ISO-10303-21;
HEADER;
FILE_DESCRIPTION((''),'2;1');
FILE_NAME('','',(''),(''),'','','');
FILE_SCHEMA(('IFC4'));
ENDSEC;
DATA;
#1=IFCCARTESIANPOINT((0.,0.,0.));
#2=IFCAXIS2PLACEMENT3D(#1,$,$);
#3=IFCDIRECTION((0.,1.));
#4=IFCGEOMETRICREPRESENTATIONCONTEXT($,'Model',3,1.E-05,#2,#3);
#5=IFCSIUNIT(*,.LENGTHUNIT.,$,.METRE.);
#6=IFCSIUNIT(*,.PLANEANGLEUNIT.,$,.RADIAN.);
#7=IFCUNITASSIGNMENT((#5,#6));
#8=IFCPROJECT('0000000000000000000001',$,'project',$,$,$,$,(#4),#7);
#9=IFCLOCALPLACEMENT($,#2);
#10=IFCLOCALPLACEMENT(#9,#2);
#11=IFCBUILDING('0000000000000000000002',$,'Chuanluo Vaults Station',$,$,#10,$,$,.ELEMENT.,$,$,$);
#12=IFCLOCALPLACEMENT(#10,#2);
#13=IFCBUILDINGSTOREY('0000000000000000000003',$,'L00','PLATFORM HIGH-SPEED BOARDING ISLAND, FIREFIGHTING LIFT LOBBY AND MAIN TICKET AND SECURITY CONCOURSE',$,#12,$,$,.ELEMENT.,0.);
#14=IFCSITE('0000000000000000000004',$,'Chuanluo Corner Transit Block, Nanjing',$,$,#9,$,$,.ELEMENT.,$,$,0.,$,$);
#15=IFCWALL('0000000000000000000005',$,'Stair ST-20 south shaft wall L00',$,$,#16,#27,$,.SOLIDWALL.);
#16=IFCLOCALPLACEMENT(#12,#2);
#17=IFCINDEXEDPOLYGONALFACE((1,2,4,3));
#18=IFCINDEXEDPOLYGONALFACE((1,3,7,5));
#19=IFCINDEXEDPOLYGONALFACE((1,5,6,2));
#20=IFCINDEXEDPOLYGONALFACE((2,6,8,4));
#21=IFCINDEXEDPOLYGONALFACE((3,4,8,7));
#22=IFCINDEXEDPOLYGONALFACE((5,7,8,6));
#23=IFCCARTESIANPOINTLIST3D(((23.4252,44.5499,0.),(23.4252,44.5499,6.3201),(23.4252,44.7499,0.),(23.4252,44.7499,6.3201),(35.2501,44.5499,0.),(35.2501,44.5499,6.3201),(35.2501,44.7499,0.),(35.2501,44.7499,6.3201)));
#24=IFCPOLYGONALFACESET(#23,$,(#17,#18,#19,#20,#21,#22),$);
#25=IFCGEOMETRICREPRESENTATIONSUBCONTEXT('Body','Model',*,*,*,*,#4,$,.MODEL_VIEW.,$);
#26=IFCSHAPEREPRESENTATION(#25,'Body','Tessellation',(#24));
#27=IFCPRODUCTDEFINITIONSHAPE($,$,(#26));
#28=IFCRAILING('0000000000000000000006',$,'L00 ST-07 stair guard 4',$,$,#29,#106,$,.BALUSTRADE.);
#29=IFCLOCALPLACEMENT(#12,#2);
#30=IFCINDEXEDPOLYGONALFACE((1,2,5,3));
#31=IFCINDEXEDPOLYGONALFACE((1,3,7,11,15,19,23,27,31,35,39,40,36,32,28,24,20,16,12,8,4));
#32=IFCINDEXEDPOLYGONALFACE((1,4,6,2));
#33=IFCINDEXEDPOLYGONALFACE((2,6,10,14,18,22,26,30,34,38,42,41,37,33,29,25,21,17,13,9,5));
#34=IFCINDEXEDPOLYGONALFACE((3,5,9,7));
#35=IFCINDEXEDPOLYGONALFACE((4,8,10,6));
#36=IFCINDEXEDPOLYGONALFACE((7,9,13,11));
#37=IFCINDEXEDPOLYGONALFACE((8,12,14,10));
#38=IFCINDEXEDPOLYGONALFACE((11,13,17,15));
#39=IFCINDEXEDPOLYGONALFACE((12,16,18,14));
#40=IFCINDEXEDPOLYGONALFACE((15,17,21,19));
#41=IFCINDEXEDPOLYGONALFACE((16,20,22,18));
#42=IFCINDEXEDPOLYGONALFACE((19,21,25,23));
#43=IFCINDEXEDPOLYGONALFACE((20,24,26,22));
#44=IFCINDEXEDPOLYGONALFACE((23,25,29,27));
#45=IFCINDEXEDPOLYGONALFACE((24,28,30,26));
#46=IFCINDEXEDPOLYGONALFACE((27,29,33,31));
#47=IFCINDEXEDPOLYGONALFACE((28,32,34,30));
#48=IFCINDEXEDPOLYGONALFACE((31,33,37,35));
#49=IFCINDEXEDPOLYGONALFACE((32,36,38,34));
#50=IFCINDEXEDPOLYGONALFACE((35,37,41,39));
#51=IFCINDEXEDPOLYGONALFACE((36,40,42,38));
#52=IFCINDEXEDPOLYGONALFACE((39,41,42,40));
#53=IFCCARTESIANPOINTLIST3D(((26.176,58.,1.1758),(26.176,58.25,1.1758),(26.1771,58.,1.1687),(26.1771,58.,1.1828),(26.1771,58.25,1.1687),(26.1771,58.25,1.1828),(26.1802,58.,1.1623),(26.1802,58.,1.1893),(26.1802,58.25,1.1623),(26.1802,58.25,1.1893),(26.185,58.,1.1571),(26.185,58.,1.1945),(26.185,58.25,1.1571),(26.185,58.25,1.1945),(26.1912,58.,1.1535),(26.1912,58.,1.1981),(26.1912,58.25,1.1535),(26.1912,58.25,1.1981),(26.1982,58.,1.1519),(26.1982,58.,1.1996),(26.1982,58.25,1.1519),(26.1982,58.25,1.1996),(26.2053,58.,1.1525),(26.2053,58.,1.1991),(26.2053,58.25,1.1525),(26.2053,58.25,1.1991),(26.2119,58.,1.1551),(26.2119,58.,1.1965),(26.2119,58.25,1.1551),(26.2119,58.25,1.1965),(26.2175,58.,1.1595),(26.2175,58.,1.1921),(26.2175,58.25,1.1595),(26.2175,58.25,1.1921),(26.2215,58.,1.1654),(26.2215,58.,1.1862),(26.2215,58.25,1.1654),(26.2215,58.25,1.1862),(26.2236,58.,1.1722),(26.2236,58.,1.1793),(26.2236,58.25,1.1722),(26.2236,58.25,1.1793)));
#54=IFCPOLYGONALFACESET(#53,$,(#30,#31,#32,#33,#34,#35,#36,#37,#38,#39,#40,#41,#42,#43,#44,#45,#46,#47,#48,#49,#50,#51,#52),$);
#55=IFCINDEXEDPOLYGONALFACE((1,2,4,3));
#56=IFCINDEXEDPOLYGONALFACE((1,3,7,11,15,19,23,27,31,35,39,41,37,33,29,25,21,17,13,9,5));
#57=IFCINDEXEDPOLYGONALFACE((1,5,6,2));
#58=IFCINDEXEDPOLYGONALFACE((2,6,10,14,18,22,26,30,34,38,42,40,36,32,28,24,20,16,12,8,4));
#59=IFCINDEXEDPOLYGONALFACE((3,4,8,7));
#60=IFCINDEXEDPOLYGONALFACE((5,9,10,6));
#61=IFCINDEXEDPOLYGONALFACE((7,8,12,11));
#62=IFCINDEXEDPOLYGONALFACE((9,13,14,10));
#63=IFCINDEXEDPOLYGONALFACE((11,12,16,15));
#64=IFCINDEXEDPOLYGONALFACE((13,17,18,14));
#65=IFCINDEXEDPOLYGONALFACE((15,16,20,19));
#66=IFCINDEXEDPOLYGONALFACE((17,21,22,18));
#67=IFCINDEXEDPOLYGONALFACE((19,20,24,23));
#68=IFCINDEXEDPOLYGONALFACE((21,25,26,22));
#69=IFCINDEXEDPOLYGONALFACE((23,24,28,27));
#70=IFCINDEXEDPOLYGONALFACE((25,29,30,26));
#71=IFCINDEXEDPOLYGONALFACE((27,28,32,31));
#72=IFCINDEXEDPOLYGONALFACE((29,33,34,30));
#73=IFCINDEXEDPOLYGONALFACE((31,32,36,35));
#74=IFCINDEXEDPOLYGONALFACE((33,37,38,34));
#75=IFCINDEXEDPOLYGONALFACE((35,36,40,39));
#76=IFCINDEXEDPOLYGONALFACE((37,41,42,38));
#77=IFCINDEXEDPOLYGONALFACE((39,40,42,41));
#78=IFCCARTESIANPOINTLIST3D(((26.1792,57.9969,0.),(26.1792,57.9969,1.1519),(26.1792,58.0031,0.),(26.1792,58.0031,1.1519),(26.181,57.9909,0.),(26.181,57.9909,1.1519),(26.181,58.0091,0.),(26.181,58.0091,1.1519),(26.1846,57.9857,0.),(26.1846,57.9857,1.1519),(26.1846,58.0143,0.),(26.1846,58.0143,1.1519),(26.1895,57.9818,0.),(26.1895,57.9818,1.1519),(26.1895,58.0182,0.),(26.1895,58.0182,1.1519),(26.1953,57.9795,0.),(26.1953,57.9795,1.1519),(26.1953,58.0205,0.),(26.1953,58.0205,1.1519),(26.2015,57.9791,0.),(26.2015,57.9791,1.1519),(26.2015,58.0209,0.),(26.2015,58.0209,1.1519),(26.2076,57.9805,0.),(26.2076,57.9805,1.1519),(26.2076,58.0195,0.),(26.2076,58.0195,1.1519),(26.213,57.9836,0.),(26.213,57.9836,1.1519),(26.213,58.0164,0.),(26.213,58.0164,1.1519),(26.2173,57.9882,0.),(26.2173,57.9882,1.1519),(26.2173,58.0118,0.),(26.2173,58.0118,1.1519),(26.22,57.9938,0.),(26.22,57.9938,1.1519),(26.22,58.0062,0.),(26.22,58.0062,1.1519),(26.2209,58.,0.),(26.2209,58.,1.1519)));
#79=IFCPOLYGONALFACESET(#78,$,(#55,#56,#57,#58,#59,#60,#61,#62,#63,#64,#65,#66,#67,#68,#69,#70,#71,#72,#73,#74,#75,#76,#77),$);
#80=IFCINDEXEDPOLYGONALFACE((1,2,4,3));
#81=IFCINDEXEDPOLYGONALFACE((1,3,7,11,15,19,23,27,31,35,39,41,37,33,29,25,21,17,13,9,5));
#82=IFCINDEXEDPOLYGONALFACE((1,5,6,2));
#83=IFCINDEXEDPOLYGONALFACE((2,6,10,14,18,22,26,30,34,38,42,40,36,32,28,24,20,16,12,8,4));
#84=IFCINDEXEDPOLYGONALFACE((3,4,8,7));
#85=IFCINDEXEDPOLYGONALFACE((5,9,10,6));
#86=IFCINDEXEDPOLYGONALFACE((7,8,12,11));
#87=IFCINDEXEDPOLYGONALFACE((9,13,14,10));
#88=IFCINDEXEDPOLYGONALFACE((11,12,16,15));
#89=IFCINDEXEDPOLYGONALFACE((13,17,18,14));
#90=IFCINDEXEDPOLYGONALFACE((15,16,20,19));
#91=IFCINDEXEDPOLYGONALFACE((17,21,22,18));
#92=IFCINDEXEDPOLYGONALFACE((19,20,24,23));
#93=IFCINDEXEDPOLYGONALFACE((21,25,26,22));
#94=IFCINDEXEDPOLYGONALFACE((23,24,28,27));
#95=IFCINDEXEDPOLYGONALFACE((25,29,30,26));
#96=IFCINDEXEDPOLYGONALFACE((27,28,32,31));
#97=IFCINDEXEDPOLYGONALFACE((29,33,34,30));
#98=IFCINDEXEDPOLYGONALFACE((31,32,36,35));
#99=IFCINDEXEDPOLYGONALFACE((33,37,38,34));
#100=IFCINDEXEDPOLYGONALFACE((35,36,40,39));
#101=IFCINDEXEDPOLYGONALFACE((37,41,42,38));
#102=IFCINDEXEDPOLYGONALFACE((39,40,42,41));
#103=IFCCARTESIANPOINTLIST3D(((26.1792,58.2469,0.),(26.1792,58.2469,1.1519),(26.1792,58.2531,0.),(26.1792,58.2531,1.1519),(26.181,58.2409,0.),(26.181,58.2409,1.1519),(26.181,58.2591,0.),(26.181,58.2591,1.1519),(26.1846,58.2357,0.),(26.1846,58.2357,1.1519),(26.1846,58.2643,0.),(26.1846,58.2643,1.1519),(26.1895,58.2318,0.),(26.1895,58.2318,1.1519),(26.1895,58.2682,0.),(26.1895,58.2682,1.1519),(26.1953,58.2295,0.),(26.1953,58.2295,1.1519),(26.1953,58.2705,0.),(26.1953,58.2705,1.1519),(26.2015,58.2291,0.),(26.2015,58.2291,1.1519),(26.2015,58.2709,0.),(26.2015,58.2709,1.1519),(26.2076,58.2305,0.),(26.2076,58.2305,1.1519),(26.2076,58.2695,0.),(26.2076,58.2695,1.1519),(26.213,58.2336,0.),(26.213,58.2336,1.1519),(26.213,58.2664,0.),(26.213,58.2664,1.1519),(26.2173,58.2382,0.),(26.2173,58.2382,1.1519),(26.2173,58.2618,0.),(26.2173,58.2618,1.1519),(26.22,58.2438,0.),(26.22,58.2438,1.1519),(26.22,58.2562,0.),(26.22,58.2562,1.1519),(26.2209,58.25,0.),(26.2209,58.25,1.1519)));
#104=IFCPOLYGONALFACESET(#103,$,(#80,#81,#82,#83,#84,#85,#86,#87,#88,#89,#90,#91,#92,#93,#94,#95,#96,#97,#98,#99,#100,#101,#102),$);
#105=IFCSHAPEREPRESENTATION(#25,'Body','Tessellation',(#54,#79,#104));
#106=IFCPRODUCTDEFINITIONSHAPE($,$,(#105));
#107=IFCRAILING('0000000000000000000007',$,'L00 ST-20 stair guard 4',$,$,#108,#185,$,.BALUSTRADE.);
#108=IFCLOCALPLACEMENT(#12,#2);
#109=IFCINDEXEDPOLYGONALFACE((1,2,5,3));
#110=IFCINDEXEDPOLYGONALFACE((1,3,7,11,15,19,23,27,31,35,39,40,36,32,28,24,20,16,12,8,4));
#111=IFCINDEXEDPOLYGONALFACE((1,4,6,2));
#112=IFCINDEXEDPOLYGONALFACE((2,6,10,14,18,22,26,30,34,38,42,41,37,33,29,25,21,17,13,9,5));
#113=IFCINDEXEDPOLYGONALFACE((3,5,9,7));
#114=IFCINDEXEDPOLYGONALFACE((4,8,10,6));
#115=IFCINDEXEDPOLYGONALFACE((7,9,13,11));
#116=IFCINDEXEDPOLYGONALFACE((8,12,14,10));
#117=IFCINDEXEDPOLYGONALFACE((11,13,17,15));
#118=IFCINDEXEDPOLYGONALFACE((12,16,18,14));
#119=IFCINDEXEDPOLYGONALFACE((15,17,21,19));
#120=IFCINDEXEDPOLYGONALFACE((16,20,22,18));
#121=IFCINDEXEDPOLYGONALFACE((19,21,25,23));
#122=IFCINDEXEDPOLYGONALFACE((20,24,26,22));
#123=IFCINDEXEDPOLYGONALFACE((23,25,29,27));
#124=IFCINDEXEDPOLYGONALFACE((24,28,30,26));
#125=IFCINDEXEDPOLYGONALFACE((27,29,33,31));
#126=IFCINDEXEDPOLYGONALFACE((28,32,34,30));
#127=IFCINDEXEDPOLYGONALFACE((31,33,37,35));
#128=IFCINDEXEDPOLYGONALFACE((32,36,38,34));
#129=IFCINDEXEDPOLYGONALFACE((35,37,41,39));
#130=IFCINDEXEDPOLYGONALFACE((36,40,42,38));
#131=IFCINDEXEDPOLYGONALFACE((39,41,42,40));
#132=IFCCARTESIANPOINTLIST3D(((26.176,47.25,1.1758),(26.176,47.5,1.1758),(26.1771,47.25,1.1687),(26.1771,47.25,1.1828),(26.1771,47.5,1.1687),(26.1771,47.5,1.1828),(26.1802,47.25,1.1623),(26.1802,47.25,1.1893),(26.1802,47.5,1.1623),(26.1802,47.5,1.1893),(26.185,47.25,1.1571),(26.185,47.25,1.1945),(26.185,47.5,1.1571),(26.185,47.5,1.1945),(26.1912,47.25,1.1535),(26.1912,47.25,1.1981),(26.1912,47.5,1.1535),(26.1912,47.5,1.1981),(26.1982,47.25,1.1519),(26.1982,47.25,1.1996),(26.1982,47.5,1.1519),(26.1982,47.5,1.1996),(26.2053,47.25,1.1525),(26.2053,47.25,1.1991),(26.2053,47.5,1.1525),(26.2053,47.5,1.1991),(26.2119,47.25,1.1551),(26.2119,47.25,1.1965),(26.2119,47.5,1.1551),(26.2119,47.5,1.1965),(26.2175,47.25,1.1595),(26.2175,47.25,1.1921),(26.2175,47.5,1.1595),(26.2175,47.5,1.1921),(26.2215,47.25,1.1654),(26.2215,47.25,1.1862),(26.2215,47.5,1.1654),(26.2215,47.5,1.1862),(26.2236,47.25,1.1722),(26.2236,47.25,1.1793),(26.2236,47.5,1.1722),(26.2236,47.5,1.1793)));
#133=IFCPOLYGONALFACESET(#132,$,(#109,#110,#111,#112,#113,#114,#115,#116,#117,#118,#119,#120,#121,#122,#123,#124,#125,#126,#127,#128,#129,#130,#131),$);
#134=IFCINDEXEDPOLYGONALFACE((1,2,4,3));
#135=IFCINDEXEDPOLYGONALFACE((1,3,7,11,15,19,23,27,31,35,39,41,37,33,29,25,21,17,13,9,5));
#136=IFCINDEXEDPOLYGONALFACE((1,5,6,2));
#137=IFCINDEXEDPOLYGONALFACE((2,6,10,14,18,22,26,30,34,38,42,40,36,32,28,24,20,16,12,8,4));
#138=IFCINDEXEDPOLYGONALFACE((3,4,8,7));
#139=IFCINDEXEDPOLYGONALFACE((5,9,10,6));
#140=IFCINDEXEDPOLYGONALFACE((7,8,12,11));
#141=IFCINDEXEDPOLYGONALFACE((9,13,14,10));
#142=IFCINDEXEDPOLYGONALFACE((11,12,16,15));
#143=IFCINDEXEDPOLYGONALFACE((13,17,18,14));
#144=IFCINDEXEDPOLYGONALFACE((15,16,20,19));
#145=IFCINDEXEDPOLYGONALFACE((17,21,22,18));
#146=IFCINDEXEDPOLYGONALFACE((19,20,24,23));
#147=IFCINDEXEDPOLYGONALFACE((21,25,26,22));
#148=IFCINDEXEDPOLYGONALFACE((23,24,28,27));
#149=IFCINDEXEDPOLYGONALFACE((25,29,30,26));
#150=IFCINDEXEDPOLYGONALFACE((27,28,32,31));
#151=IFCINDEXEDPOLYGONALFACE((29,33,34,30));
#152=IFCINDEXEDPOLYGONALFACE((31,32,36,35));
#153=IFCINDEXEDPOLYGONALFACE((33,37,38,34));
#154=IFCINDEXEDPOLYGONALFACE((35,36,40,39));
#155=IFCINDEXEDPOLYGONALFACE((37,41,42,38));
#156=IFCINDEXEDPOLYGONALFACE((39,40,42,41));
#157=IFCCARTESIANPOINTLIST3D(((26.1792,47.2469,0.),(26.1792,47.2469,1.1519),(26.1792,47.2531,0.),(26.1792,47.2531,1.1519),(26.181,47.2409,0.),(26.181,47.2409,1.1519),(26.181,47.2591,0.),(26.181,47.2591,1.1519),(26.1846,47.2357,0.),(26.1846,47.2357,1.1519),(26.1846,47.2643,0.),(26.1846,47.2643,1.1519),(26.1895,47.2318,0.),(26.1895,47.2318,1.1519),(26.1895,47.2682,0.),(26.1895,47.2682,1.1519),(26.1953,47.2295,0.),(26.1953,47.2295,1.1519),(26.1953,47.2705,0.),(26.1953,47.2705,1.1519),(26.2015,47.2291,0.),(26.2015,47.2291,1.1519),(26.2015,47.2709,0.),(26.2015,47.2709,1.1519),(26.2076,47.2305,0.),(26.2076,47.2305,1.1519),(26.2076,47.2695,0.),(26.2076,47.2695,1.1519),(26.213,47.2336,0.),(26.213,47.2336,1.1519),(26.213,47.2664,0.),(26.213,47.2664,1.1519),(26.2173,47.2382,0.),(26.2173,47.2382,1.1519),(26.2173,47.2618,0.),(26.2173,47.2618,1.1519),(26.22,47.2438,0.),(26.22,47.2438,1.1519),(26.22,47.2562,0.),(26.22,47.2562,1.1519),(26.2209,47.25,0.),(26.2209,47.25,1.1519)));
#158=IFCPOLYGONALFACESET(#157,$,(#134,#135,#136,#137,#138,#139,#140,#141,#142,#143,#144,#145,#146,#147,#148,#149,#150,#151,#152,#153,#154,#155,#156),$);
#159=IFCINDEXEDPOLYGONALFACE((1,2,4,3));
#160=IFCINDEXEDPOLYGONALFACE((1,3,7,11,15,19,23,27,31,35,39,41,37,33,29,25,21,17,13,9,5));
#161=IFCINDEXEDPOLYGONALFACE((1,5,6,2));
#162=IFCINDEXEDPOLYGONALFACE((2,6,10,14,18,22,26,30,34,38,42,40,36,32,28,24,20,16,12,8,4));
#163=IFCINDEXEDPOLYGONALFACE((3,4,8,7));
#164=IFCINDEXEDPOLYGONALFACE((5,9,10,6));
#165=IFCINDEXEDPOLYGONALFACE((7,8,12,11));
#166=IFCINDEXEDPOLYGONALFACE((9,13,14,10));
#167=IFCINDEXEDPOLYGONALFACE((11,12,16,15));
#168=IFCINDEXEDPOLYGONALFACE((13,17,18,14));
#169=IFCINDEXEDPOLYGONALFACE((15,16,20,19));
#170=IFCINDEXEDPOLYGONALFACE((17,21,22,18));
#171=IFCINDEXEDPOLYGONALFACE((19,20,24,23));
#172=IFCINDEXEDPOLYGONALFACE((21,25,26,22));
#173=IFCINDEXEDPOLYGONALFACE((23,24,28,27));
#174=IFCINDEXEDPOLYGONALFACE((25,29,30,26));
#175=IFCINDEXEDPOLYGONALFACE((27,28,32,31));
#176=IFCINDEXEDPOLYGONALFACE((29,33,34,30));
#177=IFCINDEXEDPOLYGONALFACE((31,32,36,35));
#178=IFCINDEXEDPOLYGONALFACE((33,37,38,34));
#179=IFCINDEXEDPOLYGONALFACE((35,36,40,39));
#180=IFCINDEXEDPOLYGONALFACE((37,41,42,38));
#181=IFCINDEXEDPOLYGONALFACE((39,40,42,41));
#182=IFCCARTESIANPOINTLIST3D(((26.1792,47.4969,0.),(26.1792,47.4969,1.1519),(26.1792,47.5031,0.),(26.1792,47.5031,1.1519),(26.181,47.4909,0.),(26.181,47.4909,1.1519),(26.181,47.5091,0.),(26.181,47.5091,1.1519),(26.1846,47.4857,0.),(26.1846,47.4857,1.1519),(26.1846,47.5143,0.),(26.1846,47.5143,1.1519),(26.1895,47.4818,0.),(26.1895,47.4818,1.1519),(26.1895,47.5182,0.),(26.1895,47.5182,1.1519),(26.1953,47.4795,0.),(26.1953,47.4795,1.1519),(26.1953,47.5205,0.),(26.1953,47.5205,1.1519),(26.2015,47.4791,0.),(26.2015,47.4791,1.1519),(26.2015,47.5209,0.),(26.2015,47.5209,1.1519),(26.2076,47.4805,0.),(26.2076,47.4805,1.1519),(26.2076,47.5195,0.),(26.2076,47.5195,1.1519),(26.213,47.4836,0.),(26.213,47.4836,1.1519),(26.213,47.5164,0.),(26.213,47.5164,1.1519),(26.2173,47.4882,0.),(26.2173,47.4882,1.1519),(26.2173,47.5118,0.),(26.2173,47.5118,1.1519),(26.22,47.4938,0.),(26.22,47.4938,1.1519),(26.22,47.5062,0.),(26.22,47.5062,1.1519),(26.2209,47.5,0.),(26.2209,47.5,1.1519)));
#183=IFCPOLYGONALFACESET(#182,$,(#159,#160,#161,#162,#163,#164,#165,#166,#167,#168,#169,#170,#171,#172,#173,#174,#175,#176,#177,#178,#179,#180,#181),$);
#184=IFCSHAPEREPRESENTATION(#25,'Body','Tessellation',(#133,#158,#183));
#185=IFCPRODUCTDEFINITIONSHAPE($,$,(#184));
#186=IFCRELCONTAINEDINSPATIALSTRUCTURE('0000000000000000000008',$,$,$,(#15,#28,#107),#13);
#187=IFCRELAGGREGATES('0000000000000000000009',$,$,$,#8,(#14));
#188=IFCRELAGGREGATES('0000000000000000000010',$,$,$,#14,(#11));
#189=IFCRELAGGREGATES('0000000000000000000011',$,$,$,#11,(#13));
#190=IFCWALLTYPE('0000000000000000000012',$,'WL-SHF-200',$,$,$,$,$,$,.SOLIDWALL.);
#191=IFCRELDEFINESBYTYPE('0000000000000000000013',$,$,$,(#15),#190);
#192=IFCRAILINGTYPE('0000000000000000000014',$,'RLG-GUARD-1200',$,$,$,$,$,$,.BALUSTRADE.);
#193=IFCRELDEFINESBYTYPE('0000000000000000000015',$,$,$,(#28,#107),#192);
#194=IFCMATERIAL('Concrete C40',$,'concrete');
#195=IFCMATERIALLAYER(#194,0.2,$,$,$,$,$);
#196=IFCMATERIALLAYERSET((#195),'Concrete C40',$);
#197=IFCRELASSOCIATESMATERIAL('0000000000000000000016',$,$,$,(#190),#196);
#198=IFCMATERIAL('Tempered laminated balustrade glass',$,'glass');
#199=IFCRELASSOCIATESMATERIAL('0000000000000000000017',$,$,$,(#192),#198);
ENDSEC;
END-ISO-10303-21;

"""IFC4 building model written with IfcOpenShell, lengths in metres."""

from ifc_helpers import new_model, si_unit, direction, frame, frame_2d, origin, origin_2d, place, context, subcontext, project, spatial, rectangle, circle, extrude, material, layer, layer_set, type_object, element, save


model = new_model("IFC4")

# Units and contexts
model_context = context("Model", 3, precision=1e-05, world=origin(), true_north=direction((0.0, 1.0)))
body_context = subcontext(model_context, "Body", "Model", "MODEL_VIEW")
ifc_project = project(units=[si_unit("LENGTHUNIT", "METRE"), si_unit("PLANEANGLEUNIT", "RADIAN")], contexts=[model_context])

# Site, building, storey
site_placement = place(None, origin())
site = spatial("IfcSite", under=ifc_project, at=site_placement, Name="Chuanluo Corner Transit Block, Nanjing", CompositionType="ELEMENT", RefElevation=0.0)
building_placement = place(site_placement, origin())
building = spatial("IfcBuilding", under=site, at=building_placement, Name="Chuanluo Vaults Station", CompositionType="ELEMENT")
storey_placement = place(building_placement, origin())
storey = spatial("IfcBuildingStorey", under=building, at=storey_placement, Name="L00", Description="PLATFORM HIGH-SPEED BOARDING ISLAND, FIREFIGHTING LIFT LOBBY AND MAIN TICKET AND SECURITY CONCOURSE", CompositionType="ELEMENT", Elevation=0.0)

# Wall
ifc_material_1 = material(Name="Concrete C40", Category="concrete")
ifc_layer_1 = layer(ifc_material_1, 0.2)
ifc_layer_set_1 = layer_set([ifc_layer_1], Name="Concrete C40")
wall_type_1 = type_object("IfcWallType", Name="WL-SHF-200", PredefinedType="SOLIDWALL", material=ifc_layer_set_1)
for number, where, z_axis, x_axis, name in (
    (1, (23.425, 44.6499, 0.0), (0.0, 0.0, 1.0), (1.0, 0.0, 0.0), "Stair ST-20 south shaft wall L00"),
):
    element("IfcWall", number, at=place(storey_placement, frame(where, z_axis=z_axis, x_axis=x_axis)), inside=storey, type_object=wall_type_1, Name=name, PredefinedType="SOLIDWALL", context=body_context, shape_type="SweptSolid", body=[
        extrude(rectangle(XDim=11.825, YDim=0.2, at=frame_2d((5.9126, 0.0))), origin(), (0.0, 0.0, 1.0), 6.3201),
    ])

# Railings
ifc_material_2 = material(Name="Tempered laminated balustrade glass", Category="glass")
railing_type_1 = type_object("IfcRailingType", Name="RLG-GUARD-1200", PredefinedType="BALUSTRADE", material=ifc_material_2)
for number, where, name in (
    (2, (26.2, 58.0, 0.0), "L00 ST-07 stair guard 4"),
    (3, (26.2, 47.25, 0.0), "L00 ST-20 stair guard 4"),
):
    element("IfcRailing", number, at=place(storey_placement, frame(where)), inside=storey, type_object=railing_type_1, Name=name, PredefinedType="BALUSTRADE", context=body_context, shape_type="SweptSolid", body=[
        extrude(circle(Radius=0.0239, at=origin_2d()), frame((0.0, 0.0, 1.1758), z_axis=(0.0, 1.0, 0.0), x_axis=(-1.0, 0.0, 0.0)), (0.0, 0.0, 1.0), 0.25),
        extrude(circle(Radius=0.021, at=origin_2d()), origin(), (0.0, 0.0, 1.0), 1.1519),
        extrude(circle(Radius=0.021, at=origin_2d()), frame((0.0, 0.25, 0.0)), (0.0, 0.0, 1.0), 1.1519),
    ])

save(model, "model.ifc")
